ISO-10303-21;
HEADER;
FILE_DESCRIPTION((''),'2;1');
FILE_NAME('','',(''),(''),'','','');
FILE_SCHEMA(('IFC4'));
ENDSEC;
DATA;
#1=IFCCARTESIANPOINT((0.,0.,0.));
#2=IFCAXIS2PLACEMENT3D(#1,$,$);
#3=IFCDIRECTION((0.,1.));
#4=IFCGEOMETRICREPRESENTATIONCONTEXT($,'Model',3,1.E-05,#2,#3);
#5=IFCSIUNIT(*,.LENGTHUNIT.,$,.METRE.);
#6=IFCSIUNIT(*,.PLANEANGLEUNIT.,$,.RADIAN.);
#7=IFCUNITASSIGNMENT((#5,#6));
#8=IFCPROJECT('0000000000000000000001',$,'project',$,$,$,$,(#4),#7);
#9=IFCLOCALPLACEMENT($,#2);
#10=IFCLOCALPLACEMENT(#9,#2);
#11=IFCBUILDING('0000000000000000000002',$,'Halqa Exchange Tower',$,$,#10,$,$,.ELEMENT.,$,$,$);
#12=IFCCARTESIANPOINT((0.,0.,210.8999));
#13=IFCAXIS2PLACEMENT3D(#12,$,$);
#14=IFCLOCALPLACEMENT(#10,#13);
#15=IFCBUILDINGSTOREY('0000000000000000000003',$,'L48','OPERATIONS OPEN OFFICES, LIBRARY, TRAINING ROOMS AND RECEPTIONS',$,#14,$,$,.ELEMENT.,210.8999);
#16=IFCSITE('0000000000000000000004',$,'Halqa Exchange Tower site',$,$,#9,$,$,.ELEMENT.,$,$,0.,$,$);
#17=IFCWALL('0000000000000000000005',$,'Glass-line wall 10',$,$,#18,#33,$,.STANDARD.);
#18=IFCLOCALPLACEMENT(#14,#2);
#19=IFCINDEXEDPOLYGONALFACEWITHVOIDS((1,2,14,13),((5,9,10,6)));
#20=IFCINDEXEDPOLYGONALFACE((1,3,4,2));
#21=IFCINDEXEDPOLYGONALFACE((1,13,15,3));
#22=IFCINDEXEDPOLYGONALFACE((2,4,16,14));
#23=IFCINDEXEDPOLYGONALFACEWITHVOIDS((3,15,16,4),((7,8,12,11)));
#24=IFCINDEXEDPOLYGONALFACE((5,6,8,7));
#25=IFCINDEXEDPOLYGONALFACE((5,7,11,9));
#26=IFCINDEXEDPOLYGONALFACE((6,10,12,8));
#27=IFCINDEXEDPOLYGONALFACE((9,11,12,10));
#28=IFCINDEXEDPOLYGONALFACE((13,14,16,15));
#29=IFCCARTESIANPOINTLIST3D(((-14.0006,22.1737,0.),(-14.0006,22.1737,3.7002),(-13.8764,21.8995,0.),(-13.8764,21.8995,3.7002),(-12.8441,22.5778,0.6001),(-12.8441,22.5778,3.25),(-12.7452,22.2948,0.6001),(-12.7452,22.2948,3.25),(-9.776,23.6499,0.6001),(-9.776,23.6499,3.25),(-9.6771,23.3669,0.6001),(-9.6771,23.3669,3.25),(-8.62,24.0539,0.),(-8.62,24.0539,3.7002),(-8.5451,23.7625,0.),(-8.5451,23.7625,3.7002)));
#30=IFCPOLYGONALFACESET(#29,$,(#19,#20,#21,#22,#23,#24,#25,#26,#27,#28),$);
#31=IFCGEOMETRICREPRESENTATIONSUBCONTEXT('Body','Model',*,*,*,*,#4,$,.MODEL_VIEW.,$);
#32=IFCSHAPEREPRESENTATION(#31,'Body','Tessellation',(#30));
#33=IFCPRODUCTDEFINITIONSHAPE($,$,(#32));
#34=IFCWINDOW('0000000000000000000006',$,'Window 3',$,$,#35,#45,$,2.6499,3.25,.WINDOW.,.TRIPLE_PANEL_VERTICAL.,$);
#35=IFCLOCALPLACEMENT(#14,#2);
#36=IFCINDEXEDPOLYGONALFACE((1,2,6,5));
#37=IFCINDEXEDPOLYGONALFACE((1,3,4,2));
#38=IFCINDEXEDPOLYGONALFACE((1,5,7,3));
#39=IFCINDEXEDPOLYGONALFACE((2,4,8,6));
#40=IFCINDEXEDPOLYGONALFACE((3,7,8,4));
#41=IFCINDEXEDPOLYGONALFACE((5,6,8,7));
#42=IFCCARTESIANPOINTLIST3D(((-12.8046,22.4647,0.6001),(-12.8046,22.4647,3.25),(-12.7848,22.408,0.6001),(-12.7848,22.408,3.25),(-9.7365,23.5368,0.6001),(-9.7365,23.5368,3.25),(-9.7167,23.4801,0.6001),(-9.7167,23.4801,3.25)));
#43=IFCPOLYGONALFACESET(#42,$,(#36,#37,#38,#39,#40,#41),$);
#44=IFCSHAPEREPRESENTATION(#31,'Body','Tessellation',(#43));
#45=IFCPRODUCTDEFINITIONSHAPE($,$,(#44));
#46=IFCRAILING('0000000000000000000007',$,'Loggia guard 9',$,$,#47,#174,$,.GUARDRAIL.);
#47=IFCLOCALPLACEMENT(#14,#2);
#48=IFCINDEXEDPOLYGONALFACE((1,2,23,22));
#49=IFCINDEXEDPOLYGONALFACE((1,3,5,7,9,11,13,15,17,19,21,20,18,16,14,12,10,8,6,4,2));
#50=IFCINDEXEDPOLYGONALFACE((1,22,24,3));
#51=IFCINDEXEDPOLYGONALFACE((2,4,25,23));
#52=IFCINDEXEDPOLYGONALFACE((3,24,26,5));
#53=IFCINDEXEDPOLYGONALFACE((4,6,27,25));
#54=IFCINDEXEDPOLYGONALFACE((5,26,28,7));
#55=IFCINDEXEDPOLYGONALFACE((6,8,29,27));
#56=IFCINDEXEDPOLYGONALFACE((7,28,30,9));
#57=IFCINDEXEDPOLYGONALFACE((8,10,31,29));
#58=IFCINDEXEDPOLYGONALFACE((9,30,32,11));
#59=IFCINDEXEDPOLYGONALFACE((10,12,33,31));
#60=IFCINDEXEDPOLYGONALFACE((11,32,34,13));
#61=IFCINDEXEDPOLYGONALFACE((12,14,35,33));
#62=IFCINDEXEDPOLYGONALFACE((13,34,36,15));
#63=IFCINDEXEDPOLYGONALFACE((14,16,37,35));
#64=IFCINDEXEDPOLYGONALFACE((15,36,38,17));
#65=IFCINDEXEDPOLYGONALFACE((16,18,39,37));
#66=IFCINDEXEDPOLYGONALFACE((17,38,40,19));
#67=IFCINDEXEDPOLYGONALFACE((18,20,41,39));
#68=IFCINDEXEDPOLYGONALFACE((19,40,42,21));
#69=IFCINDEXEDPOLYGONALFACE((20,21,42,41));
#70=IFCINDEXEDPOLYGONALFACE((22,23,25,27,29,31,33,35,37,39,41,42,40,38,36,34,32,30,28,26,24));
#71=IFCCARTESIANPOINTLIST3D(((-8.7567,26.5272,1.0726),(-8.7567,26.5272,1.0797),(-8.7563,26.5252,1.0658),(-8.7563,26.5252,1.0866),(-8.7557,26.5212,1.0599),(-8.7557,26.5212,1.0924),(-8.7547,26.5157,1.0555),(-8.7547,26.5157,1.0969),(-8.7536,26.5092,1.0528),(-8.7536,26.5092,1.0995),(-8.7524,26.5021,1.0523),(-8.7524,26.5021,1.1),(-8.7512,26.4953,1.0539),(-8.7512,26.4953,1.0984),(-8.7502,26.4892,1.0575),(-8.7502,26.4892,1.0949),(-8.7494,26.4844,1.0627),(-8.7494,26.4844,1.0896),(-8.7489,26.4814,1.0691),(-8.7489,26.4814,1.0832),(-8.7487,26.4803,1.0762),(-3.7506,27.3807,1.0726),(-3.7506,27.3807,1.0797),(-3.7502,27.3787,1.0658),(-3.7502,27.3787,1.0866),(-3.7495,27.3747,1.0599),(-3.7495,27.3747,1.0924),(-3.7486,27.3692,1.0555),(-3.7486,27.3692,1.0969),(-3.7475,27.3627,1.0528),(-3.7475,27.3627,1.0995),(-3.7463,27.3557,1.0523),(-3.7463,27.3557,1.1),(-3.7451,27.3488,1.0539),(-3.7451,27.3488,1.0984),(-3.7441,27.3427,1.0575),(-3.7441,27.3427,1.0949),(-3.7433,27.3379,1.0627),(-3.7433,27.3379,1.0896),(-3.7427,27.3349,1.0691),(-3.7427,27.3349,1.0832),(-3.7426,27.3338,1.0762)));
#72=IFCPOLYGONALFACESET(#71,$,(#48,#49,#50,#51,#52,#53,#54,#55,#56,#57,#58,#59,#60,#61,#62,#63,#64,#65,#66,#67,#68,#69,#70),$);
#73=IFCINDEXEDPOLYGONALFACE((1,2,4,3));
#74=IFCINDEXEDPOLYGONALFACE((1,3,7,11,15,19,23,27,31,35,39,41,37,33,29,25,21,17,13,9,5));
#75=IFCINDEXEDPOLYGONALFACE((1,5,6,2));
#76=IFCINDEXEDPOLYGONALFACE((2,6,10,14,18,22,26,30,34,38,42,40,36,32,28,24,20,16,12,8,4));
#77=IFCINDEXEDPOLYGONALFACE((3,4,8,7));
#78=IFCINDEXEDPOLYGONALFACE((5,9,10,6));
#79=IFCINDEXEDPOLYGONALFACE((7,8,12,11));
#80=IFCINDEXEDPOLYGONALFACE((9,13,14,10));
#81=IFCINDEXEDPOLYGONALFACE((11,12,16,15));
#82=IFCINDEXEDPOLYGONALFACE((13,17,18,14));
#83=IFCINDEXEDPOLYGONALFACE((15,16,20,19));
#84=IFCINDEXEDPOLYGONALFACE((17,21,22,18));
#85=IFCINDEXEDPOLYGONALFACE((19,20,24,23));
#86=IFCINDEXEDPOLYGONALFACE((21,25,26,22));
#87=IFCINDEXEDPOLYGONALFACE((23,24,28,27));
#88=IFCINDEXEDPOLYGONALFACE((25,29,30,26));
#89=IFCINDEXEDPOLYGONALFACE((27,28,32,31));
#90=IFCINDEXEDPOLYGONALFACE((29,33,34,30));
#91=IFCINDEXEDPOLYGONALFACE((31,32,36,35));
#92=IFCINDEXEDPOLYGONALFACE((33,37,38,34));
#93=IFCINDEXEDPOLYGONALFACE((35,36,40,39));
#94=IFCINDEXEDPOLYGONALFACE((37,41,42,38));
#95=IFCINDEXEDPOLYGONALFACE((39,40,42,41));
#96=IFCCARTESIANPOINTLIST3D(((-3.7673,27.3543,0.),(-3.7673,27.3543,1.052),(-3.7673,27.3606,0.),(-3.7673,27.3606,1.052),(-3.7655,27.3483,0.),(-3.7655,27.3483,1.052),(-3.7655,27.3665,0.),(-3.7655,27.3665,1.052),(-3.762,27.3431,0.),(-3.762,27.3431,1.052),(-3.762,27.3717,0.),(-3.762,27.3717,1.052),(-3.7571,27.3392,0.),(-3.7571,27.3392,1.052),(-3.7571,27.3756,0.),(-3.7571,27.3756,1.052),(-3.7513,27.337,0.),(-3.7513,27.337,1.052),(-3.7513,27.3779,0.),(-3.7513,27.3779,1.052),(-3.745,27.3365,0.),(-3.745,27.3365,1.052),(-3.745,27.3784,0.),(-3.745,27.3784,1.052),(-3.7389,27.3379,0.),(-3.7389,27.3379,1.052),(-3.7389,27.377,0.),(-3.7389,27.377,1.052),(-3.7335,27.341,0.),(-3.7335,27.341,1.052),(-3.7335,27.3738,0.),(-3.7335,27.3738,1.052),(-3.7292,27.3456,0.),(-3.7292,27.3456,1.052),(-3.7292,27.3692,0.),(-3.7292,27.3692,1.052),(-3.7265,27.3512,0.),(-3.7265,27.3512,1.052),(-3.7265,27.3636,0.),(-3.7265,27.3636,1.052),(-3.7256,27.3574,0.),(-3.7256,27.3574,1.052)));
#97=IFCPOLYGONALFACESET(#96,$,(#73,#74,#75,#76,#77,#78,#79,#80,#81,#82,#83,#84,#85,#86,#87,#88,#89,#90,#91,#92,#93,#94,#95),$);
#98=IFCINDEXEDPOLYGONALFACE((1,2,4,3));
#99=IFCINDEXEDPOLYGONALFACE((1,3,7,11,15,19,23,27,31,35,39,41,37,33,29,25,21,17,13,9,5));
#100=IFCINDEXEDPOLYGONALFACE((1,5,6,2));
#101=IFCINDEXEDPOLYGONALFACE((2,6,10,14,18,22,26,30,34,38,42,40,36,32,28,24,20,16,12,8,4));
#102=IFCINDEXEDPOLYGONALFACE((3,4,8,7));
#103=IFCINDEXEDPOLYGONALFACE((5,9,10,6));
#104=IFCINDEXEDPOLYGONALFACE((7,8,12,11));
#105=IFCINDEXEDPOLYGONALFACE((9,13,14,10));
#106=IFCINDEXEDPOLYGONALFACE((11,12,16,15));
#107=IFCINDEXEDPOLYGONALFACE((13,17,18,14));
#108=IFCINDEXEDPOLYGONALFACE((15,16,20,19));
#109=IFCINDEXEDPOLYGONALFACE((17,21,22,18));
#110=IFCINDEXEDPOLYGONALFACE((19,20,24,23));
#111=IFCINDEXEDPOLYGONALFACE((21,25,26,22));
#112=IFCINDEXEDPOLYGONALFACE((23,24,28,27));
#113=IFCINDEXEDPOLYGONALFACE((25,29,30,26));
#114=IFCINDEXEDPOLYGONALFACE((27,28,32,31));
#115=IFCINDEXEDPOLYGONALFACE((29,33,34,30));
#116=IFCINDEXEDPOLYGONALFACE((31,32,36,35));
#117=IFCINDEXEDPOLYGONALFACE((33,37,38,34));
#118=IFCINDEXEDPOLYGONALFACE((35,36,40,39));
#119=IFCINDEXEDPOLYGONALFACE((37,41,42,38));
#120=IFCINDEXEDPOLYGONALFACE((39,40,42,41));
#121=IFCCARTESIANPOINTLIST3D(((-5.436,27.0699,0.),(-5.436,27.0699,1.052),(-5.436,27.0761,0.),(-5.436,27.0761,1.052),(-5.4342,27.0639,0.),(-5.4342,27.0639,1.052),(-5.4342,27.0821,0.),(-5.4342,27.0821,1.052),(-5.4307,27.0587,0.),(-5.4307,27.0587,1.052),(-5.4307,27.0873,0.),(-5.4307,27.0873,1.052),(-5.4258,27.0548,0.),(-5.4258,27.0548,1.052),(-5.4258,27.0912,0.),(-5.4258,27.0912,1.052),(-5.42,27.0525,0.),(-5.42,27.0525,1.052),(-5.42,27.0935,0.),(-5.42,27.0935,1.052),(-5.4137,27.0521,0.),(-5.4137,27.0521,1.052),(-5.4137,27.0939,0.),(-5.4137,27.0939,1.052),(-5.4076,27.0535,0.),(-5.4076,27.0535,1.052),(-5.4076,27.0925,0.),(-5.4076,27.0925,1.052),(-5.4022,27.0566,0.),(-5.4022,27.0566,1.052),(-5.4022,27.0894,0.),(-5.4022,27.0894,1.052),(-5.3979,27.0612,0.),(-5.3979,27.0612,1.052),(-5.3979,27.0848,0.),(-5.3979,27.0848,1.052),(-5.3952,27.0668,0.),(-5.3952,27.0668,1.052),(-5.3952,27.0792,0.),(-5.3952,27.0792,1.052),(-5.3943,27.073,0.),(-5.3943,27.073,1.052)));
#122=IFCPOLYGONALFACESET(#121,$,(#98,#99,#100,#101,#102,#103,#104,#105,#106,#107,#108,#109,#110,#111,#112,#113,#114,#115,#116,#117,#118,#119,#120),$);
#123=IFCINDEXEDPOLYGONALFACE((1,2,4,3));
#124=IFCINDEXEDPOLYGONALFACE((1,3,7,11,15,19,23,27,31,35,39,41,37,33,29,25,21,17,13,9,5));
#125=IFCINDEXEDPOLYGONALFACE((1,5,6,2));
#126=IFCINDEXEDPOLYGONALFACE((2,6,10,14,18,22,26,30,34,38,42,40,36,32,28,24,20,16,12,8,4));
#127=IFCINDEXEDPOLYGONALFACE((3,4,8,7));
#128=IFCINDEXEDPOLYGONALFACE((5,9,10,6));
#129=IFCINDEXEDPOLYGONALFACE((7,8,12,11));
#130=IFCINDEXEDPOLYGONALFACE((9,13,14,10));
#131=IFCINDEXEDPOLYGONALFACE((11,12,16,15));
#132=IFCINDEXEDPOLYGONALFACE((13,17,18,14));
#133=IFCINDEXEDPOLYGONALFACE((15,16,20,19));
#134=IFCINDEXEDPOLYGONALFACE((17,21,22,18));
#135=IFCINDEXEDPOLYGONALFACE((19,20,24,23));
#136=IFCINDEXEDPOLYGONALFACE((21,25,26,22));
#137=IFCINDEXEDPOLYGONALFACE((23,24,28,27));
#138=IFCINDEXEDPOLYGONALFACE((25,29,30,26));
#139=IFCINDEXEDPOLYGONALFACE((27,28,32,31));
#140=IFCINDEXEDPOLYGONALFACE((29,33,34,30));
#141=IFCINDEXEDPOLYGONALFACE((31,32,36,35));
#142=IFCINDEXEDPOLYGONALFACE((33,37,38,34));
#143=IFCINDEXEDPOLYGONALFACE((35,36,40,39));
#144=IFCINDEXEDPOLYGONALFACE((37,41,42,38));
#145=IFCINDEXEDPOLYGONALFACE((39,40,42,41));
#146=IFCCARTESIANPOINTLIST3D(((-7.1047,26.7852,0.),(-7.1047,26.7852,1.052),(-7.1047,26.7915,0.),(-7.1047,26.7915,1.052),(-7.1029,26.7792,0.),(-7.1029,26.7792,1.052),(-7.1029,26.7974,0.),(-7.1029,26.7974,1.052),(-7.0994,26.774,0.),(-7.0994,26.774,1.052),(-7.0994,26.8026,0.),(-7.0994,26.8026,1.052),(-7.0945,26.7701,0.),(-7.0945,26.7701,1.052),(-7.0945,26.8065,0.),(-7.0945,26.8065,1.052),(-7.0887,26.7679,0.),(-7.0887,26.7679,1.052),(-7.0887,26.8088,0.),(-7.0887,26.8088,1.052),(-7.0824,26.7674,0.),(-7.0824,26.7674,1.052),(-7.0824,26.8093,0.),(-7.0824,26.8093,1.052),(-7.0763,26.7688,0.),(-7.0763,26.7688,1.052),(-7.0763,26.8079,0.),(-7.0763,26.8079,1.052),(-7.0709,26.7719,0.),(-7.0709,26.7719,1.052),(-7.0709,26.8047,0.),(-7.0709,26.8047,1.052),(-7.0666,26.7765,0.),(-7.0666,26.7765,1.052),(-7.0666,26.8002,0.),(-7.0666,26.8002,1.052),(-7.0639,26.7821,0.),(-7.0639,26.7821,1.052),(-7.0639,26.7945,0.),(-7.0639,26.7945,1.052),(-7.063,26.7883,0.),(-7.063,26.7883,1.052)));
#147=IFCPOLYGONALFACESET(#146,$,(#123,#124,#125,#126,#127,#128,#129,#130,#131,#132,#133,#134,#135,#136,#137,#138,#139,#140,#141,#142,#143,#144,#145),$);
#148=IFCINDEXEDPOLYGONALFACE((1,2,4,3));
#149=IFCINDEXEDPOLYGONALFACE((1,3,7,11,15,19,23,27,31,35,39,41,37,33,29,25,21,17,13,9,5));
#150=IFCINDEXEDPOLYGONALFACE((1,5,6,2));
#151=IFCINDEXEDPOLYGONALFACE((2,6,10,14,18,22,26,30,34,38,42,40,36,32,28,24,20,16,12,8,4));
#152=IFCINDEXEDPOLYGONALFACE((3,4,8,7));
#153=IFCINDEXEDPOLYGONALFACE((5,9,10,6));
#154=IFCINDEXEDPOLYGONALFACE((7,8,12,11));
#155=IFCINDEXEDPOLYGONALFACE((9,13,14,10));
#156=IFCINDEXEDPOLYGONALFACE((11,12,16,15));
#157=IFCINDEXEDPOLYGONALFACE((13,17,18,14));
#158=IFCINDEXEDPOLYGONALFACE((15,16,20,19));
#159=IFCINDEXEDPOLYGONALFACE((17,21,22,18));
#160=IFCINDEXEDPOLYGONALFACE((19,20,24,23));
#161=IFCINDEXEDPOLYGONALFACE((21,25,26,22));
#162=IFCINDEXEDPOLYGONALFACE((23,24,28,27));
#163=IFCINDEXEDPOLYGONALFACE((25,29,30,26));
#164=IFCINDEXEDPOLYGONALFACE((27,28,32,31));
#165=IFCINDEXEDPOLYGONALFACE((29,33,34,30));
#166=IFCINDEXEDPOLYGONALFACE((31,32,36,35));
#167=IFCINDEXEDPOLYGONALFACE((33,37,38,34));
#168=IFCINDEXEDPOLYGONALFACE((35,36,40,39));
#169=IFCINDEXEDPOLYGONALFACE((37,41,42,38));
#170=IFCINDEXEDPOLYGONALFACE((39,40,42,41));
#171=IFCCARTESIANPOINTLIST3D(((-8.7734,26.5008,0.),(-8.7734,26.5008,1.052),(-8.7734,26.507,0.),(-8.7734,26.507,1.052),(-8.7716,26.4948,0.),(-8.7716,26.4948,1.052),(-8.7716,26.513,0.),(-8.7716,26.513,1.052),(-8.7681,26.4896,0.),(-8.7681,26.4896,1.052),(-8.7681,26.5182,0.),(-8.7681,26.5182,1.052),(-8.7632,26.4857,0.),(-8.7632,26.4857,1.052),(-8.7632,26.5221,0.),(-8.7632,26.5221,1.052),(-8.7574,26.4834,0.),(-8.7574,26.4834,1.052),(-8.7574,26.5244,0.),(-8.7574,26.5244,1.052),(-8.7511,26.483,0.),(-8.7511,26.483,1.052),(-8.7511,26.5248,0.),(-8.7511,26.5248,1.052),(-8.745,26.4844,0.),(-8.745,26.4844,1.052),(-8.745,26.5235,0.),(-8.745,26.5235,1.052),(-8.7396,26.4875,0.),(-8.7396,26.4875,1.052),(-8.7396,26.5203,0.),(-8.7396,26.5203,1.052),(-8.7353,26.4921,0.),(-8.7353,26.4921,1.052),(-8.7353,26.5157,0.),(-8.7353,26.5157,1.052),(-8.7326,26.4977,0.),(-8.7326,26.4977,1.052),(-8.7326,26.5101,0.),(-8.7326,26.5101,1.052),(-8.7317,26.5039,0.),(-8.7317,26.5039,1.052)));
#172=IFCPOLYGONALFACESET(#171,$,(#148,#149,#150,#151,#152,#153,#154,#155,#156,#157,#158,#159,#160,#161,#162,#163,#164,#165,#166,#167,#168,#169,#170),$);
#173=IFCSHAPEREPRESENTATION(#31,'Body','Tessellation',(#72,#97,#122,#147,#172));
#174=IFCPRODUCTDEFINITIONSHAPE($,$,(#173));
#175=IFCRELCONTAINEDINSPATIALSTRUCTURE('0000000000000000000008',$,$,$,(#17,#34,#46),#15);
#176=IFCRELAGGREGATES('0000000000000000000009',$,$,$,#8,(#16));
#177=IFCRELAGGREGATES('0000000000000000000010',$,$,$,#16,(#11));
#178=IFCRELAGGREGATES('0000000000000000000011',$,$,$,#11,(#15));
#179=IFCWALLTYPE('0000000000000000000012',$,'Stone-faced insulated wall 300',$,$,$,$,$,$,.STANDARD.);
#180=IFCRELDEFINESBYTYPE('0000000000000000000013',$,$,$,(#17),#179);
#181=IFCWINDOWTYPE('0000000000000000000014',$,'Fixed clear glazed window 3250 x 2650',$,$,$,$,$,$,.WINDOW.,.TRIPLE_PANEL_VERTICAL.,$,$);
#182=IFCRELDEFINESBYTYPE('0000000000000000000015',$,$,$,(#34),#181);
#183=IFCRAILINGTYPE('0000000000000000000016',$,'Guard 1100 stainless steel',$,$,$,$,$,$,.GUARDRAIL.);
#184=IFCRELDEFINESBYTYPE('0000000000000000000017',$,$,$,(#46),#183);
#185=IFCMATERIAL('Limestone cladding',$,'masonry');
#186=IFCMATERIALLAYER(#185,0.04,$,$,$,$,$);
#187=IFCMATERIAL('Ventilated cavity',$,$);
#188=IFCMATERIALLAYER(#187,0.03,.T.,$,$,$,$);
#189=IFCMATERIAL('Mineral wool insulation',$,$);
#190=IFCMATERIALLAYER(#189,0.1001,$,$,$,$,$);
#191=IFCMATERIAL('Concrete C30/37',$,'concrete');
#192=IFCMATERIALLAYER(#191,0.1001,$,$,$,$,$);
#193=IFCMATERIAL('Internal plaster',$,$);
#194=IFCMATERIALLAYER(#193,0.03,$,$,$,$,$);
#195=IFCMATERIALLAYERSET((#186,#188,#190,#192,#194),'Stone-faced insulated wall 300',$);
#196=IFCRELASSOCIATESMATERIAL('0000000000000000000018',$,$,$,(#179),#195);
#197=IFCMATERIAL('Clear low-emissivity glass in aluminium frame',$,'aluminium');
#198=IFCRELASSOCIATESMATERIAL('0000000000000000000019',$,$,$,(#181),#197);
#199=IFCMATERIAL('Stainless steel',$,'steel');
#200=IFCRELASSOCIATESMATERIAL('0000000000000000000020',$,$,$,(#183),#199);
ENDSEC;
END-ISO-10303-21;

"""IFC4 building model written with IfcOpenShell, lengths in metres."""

from ifc_helpers import new_model, si_unit, direction, frame, frame_2d, origin, origin_2d, place, context, subcontext, project, spatial, polyline, rectangle, circle, outline, extrude, material, layer, layer_set, type_object, element, fill, save


model = new_model("IFC4")

# Units and contexts
model_context = context("Model", 3, precision=1e-05, world=origin(), true_north=direction((0.0, 1.0)))
body_context = subcontext(model_context, "Body", "Model", "MODEL_VIEW")
ifc_project = project(units=[si_unit("LENGTHUNIT", "METRE"), si_unit("PLANEANGLEUNIT", "RADIAN")], contexts=[model_context])

# Site, building, storey
site_placement = place(None, origin())
site = spatial("IfcSite", under=ifc_project, at=site_placement, Name="Halqa Exchange Tower site", CompositionType="ELEMENT", RefElevation=0.0)
building_placement = place(site_placement, origin())
building = spatial("IfcBuilding", under=site, at=building_placement, Name="Halqa Exchange Tower", CompositionType="ELEMENT")
storey_placement = place(building_placement, frame((0.0, 0.0, 210.8999)))
storey = spatial("IfcBuildingStorey", under=building, at=storey_placement, Name="L48", Description="OPERATIONS OPEN OFFICES, LIBRARY, TRAINING ROOMS AND RECEPTIONS", CompositionType="ELEMENT", Elevation=210.8999)

# Shared definitions
ifc_material_1 = material(Name="Concrete C30/37", Category="concrete")

# Wall, opening, window
ifc_material_2 = material(Name="Limestone cladding", Category="masonry")
ifc_layer_1 = layer(ifc_material_2, 0.04)
ifc_material_3 = material(Name="Ventilated cavity")
ifc_layer_2 = layer(ifc_material_3, 0.03, ventilated=True)
ifc_material_4 = material(Name="Mineral wool insulation")
ifc_layer_3 = layer(ifc_material_4, 0.1001)
ifc_layer_4 = layer(ifc_material_1, 0.1001)
ifc_material_5 = material(Name="Internal plaster")
ifc_layer_5 = layer(ifc_material_5, 0.03)
ifc_layer_set_1 = layer_set([ifc_layer_1, ifc_layer_2, ifc_layer_3, ifc_layer_4, ifc_layer_5], Name="Stone-faced insulated wall 300")
wall_type_1 = type_object("IfcWallType", Name="Stone-faced insulated wall 300", PredefinedType="STANDARD", material=ifc_layer_set_1)
ifc_material_6 = material(Name="Clear low-emissivity glass in aluminium frame", Category="aluminium")
window_type = type_object("IfcWindowType", Name="Fixed clear glazed window 3250 x 2650", PartitioningType="TRIPLE_PANEL_VERTICAL", PredefinedType="WINDOW", material=ifc_material_6)
wall_1_placement = place(storey_placement, frame((-8.5825, 23.9082, 0.0), z_axis=(0.0, 0.0, 1.0), x_axis=(-0.944023, -0.329879, 0.0)))
wall_1 = element("IfcWall", 1, at=wall_1_placement, inside=storey, type_object=wall_type_1, Name="Glass-line wall 10", PredefinedType="STANDARD", context=body_context, shape_type="SweptSolid", body=[
    extrude(outline(polyline([(-0.0127, -0.1499), (5.687, -0.1499), (5.6602, 0.1499), (0.0127, 0.1499), (-0.0127, -0.1499)])), origin(), (0.0, 0.0, 1.0), 3.7002),
])
opening_1_placement = place(wall_1_placement, frame((1.2119, 0.0, 0.6001)))
opening_1 = element("IfcOpeningElement", 2, at=opening_1_placement, cuts=wall_1, PredefinedType="OPENING", context=body_context, shape_type="SweptSolid", body=[
    extrude(rectangle(XDim=3.25, YDim=2.6499, at=frame_2d((1.625, 1.325))), frame((0.0, 0.1621, 0.0), z_axis=(0.0, -1.0, 0.0), x_axis=(1.0, 0.0, 0.0)), (0.0, 0.0, 1.0), 0.324),
])
window_1_placement = place(opening_1_placement, origin())
window_1 = element("IfcWindow", 3, at=window_1_placement, inside=storey, type_object=window_type, Name="Window 3", OverallHeight=2.6499, OverallWidth=3.25, PartitioningType="TRIPLE_PANEL_VERTICAL", PredefinedType="WINDOW", context=body_context, shape_type="SweptSolid", body=[
    extrude(rectangle(XDim=3.25, YDim=2.6499, at=frame_2d((1.625, 1.325))), frame((0.0, 0.03, 0.0), z_axis=(0.0, -1.0, 0.0), x_axis=(1.0, 0.0, 0.0)), (0.0, 0.0, 1.0), 0.0601),
])
fill(opening_1, window_1)

# Railing
ifc_material_7 = material(Name="Stainless steel", Category="steel")
railing_type_1 = type_object("IfcRailingType", Name="Guard 1100 stainless steel", PredefinedType="GUARDRAIL", material=ifc_material_7)
railing_1_placement = place(storey_placement, frame((-3.7466, 27.3574, 0.0)))
element("IfcRailing", 4, at=railing_1_placement, inside=storey, type_object=railing_type_1, Name="Loggia guard 9", PredefinedType="GUARDRAIL", context=body_context, shape_type="SweptSolid", body=[
    extrude(circle(Radius=0.0239, at=origin_2d()), frame((0.0, 0.0, 1.0762), z_axis=(-0.985775, -0.16807, 0.0), x_axis=(0.16807, -0.985775, 0.0)), (0.0, 0.0, 1.0), 5.0784),
    extrude(circle(Radius=0.021, at=origin_2d()), origin(), (0.0, 0.0, 1.0), 1.052),
    extrude(circle(Radius=0.021, at=origin_2d()), frame((-1.6687, -0.2844, 0.0)), (0.0, 0.0, 1.0), 1.052),
    extrude(circle(Radius=0.021, at=origin_2d()), frame((-3.3374, -0.5691, 0.0)), (0.0, 0.0, 1.0), 1.052),
    extrude(circle(Radius=0.021, at=origin_2d()), frame((-5.0061, -0.8535, 0.0)), (0.0, 0.0, 1.0), 1.052),
])

save(model, "model.ifc")
